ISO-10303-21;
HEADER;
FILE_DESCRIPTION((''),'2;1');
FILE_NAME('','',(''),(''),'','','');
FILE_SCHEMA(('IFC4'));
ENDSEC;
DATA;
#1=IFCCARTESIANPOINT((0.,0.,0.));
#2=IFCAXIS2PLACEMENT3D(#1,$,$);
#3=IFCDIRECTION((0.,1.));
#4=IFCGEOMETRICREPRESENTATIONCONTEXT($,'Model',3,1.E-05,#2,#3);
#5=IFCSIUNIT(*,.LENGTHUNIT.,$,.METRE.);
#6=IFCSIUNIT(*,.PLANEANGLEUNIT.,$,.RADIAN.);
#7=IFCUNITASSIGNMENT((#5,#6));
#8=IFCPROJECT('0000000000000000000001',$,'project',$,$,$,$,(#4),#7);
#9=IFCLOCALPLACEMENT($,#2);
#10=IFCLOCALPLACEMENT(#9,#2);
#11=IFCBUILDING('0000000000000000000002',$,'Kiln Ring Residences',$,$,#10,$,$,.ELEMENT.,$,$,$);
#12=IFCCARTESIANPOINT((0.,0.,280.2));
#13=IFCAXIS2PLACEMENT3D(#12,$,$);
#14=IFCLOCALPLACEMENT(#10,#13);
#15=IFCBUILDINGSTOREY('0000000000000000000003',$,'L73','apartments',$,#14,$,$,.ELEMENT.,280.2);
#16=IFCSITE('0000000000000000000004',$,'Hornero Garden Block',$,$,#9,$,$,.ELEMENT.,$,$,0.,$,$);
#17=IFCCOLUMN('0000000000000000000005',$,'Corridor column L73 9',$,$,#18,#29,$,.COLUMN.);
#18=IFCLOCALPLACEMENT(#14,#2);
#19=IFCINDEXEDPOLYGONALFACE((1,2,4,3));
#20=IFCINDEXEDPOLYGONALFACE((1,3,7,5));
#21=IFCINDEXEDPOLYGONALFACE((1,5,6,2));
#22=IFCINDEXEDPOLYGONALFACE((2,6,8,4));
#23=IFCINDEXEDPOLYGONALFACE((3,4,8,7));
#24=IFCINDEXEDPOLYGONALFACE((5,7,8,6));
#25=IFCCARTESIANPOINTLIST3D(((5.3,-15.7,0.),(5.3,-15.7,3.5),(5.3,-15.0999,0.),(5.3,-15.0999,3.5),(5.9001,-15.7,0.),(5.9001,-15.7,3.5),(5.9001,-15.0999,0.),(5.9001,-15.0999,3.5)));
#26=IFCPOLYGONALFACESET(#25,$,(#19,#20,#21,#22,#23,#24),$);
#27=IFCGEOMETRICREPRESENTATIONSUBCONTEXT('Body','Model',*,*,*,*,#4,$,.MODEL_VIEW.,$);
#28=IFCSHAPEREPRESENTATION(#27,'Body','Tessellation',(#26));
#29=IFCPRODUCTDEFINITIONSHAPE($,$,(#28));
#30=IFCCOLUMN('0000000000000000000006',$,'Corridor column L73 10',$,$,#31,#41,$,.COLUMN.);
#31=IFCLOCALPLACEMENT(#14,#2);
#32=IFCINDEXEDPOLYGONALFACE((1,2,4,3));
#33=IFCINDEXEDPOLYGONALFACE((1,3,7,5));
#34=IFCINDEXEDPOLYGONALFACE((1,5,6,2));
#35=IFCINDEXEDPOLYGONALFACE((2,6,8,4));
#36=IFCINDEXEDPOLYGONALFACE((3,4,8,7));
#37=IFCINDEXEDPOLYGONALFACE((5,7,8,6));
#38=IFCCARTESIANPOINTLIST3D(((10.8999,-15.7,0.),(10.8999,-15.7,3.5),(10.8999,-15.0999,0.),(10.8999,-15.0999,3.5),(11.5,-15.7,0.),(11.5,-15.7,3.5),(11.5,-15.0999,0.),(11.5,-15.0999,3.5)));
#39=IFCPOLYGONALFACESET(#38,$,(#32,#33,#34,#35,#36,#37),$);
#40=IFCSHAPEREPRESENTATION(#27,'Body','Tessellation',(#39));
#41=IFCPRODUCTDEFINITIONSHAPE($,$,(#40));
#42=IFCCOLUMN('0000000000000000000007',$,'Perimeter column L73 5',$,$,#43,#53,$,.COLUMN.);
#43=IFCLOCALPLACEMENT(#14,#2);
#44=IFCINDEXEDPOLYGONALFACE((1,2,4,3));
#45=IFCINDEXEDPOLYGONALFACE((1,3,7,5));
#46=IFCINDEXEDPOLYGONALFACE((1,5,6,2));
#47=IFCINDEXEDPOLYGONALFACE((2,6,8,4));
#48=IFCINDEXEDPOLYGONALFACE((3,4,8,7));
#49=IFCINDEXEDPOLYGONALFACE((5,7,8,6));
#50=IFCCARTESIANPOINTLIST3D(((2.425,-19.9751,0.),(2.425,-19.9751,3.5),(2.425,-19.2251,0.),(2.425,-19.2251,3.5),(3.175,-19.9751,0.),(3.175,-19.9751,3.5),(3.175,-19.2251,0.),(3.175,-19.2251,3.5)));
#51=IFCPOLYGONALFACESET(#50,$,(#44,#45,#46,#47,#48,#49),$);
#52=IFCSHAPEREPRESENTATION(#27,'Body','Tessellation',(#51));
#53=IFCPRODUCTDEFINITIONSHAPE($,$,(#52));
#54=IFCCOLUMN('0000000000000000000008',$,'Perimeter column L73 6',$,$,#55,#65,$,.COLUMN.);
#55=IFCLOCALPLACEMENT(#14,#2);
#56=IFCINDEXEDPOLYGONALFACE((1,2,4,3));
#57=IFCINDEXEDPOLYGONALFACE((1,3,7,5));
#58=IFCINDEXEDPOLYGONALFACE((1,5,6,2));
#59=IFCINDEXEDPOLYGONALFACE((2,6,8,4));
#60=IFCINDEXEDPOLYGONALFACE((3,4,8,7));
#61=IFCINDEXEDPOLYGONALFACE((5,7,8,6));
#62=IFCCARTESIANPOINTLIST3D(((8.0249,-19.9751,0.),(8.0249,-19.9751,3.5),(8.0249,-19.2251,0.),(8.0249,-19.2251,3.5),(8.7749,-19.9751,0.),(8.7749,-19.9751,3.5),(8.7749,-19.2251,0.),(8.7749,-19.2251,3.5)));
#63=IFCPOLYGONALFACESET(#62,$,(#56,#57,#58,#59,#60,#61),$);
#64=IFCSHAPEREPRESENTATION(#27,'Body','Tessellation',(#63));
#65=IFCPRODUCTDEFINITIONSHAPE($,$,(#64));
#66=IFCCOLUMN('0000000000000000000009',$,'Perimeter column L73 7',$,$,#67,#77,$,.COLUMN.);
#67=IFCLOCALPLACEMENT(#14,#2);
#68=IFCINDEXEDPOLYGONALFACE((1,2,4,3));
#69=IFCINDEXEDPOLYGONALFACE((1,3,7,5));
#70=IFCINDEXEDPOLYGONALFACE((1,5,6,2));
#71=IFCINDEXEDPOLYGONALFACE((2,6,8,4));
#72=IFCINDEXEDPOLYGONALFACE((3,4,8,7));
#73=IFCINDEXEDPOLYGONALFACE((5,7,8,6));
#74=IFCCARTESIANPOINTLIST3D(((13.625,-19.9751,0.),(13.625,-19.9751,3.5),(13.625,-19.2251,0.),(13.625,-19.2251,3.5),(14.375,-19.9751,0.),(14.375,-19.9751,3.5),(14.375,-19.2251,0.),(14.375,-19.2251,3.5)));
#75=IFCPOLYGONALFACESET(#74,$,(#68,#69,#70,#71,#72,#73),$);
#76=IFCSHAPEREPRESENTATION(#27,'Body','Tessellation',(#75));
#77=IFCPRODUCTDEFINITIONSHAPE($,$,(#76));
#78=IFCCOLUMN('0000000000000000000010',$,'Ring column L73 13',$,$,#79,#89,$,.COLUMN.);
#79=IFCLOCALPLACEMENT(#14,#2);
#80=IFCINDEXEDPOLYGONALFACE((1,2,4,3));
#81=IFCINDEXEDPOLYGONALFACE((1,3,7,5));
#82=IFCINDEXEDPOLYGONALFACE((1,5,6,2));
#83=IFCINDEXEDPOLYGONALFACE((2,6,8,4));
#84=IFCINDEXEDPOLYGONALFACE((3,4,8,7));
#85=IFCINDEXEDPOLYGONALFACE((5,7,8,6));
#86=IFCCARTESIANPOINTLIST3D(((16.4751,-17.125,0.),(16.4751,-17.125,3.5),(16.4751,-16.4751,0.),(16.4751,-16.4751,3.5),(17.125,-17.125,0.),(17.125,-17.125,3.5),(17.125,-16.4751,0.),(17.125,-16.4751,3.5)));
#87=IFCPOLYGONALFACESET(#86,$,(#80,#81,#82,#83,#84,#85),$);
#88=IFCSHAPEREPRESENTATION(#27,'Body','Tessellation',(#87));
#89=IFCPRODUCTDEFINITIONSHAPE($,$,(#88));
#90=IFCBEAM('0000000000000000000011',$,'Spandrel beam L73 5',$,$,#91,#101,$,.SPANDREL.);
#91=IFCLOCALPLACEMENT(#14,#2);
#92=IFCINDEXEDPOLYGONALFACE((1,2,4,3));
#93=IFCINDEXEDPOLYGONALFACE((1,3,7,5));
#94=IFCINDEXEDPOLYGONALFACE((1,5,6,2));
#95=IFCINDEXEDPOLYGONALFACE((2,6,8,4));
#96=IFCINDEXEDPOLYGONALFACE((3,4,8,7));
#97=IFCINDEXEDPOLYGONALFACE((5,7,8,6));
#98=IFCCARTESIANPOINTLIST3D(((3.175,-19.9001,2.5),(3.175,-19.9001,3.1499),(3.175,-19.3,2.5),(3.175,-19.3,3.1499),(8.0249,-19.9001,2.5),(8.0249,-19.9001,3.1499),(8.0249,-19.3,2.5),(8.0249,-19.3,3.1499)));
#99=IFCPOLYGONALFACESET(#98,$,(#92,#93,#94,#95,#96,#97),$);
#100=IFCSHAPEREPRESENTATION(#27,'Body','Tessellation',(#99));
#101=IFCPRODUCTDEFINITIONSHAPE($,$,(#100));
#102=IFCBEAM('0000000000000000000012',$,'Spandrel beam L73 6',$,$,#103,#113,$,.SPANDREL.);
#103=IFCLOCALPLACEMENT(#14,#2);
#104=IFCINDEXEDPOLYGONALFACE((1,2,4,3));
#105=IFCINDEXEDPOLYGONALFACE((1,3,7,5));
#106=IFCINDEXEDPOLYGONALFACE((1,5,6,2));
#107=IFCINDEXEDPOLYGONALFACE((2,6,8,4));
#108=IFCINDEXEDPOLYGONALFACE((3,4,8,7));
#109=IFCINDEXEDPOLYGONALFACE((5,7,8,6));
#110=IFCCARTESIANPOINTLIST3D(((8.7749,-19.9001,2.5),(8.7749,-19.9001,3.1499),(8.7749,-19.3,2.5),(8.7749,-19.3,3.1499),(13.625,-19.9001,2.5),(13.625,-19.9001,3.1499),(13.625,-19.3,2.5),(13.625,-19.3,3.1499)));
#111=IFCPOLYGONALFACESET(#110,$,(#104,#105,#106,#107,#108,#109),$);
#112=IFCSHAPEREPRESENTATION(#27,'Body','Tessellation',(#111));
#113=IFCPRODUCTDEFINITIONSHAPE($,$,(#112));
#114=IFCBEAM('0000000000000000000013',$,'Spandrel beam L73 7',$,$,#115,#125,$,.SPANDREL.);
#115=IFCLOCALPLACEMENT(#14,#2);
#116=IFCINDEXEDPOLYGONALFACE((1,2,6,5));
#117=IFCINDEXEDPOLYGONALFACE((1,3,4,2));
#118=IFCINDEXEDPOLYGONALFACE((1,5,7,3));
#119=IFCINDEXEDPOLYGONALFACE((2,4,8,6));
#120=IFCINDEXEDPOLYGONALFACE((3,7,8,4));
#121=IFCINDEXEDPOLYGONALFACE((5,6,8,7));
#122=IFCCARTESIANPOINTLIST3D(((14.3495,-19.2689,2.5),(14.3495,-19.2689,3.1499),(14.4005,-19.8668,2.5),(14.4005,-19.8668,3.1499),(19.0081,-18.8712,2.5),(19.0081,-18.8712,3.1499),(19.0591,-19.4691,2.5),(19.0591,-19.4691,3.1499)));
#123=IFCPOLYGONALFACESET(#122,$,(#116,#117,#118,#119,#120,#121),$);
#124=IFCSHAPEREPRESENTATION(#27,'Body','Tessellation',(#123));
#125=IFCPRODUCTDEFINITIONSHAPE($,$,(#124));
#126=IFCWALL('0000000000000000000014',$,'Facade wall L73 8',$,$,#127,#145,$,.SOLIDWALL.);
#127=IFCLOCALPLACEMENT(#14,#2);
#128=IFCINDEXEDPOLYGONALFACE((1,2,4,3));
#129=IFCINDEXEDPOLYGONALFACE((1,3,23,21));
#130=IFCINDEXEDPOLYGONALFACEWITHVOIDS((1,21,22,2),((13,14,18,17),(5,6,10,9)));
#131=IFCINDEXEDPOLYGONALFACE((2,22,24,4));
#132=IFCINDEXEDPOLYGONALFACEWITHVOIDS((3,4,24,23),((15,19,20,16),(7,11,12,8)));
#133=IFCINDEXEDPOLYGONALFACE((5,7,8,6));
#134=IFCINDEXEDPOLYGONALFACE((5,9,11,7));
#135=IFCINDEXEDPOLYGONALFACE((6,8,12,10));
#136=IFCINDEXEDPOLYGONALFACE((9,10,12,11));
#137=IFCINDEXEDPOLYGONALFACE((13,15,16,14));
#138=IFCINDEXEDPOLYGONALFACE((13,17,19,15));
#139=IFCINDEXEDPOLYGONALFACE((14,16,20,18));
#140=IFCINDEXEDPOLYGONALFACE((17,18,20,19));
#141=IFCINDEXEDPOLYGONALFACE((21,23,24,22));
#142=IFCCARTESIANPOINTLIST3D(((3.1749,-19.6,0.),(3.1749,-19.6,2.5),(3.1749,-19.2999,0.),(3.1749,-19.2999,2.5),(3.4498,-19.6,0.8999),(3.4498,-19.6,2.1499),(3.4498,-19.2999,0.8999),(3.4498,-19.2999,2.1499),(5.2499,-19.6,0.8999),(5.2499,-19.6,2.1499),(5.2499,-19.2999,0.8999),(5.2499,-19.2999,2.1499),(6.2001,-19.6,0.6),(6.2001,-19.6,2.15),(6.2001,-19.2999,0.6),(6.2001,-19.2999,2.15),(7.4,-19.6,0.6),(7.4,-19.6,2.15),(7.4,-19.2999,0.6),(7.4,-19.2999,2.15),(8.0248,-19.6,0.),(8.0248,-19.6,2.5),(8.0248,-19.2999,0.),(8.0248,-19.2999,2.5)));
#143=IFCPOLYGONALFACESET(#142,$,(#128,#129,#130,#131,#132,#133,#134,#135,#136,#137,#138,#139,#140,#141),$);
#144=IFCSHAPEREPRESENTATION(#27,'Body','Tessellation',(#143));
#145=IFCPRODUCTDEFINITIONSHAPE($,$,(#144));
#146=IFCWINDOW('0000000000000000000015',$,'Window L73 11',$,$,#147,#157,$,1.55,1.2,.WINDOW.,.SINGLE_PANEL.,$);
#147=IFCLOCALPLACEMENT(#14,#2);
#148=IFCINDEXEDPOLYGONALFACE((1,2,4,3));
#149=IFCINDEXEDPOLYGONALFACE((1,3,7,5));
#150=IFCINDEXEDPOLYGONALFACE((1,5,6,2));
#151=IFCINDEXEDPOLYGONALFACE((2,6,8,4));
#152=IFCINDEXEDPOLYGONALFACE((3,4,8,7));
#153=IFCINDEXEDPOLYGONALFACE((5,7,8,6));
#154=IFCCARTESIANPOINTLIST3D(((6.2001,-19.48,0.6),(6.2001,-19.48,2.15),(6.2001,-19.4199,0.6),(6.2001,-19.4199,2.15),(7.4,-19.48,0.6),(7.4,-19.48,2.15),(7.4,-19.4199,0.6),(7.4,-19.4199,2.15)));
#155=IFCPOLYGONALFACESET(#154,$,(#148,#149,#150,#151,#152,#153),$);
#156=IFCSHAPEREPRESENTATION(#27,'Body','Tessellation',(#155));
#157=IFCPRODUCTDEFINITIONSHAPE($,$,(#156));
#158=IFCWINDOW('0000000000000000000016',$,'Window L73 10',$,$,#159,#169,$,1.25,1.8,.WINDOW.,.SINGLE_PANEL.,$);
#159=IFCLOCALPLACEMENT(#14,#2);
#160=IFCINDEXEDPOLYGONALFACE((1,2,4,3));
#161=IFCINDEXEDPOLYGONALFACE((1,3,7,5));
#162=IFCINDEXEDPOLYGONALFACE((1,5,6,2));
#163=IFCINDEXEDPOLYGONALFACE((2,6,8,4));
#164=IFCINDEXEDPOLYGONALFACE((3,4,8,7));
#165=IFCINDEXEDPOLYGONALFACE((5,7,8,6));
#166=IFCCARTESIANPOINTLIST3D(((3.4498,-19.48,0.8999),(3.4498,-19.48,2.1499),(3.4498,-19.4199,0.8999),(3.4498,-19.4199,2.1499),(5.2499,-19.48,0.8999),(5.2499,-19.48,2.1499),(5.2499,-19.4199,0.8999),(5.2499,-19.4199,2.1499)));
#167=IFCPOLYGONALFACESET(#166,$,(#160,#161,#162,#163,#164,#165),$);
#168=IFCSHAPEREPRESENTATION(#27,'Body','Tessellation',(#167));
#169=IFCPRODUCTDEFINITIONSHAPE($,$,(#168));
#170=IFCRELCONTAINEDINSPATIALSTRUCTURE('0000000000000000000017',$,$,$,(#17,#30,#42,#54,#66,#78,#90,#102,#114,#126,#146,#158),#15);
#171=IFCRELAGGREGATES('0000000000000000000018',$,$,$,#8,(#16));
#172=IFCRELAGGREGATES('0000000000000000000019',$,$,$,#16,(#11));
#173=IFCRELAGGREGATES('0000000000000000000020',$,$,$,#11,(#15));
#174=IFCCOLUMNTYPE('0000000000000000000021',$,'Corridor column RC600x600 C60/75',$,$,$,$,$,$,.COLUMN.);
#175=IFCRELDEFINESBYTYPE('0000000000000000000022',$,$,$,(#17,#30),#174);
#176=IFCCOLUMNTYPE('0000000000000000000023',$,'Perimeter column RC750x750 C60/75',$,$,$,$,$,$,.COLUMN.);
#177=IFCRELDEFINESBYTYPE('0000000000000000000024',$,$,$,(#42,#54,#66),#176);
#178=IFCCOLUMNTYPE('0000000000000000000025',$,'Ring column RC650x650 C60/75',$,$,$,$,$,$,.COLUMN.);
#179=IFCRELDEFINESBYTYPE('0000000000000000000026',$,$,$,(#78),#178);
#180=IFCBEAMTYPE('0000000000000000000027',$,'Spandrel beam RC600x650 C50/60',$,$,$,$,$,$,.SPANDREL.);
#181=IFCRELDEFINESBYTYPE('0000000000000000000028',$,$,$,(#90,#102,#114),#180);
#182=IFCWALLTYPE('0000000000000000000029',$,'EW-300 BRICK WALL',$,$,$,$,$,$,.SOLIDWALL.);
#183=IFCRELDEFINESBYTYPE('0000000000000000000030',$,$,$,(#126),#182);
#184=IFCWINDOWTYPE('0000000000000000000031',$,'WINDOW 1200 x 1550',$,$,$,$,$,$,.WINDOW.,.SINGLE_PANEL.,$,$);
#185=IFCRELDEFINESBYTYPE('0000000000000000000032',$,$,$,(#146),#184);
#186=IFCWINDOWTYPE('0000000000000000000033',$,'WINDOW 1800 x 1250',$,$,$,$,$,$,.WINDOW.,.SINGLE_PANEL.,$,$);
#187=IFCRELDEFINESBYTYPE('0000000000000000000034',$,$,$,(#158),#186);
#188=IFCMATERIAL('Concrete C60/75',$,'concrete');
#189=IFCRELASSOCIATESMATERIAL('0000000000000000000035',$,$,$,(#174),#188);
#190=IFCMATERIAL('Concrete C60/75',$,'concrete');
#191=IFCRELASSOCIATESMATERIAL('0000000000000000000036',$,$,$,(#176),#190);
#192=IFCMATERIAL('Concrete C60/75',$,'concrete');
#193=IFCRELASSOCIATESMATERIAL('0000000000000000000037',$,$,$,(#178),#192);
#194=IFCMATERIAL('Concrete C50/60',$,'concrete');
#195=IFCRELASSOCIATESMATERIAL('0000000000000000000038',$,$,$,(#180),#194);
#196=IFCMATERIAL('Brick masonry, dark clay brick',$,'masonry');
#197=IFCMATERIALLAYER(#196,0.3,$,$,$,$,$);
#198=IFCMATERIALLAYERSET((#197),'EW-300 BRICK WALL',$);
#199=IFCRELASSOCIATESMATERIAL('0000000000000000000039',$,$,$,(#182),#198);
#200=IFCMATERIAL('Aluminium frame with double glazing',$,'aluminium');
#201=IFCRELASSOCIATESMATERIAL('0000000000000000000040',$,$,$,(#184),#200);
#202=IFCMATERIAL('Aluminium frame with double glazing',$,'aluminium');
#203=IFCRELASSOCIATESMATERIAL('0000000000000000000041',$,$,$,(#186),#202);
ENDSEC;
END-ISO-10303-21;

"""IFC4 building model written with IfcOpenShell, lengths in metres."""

from ifc_helpers import new_model, si_unit, direction, frame, frame_2d, origin, origin_2d, place, context, subcontext, project, spatial, rectangle, extrude, material, layer, layer_set, material_profile, profile_set, type_object, element, fill, save


model = new_model("IFC4")

# Units and contexts
model_context = context("Model", 3, precision=1e-05, world=origin(), true_north=direction((0.0, 1.0)))
body_context = subcontext(model_context, "Body", "Model", "MODEL_VIEW")
ifc_project = project(units=[si_unit("LENGTHUNIT", "METRE"), si_unit("PLANEANGLEUNIT", "RADIAN")], contexts=[model_context])

# Site, building, storey
site_placement = place(None, origin())
site = spatial("IfcSite", under=ifc_project, at=site_placement, Name="Hornero Garden Block", CompositionType="ELEMENT", RefElevation=0.0)
building_placement = place(site_placement, origin())
building = spatial("IfcBuilding", under=site, at=building_placement, Name="Kiln Ring Residences", CompositionType="ELEMENT")
storey_placement = place(building_placement, frame((0.0, 0.0, 280.2)))
storey = spatial("IfcBuildingStorey", under=building, at=storey_placement, Name="L73", Description="apartments", CompositionType="ELEMENT", Elevation=280.2)

# Columns
ifc_material_1 = material(Name="Concrete C60/75", Category="concrete")
ifc_material_profile_1 = material_profile(ifc_material_1, rectangle(XDim=0.6001, YDim=0.6001, at=origin_2d()), Name="RC600x600")
ifc_profile_set_1 = profile_set([ifc_material_profile_1], Name="Concrete C60/75")
column_type_1 = type_object("IfcColumnType", Name="Corridor column RC600x600 C60/75", PredefinedType="COLUMN", material=ifc_profile_set_1)
for number, where, z_axis, x_axis, name in (
    (1, (5.6001, -15.3999, 0.0), (0.0, 0.0, 1.0), (1.0, 0.0, 0.0), "Corridor column L73 9"),
    (2, (11.2, -15.3999, 0.0), (0.0, 0.0, 1.0), (1.0, 0.0, 0.0), "Corridor column L73 10"),
):
    element("IfcColumn", number, at=place(storey_placement, frame(where, z_axis=z_axis, x_axis=x_axis)), inside=storey, type_object=column_type_1, Name=name, PredefinedType="COLUMN", context=body_context, shape_type="SweptSolid", body=[
        extrude(rectangle(XDim=0.6001, YDim=0.6001, at=origin_2d()), origin(), (0.0, 0.0, 1.0), 3.5),
    ])
ifc_material_2 = material(Name="Concrete C60/75", Category="concrete")
ifc_material_profile_2 = material_profile(ifc_material_2, rectangle(XDim=0.75, YDim=0.75, at=origin_2d()), Name="RC750x750")
ifc_profile_set_2 = profile_set([ifc_material_profile_2], Name="Concrete C60/75")
column_type_2 = type_object("IfcColumnType", Name="Perimeter column RC750x750 C60/75", PredefinedType="COLUMN", material=ifc_profile_set_2)
for number, where, z_axis, x_axis, name in (
    (3, (2.8, -19.6001, 0.0), (0.0, 0.0, 1.0), (1.0, 0.0, 0.0), "Perimeter column L73 5"),
    (4, (8.3999, -19.6001, 0.0), (0.0, 0.0, 1.0), (1.0, 0.0, 0.0), "Perimeter column L73 6"),
    (5, (14.0, -19.6001, 0.0), (0.0, 0.0, 1.0), (1.0, 0.0, 0.0), "Perimeter column L73 7"),
):
    element("IfcColumn", number, at=place(storey_placement, frame(where, z_axis=z_axis, x_axis=x_axis)), inside=storey, type_object=column_type_2, Name=name, PredefinedType="COLUMN", context=body_context, shape_type="SweptSolid", body=[
        extrude(rectangle(XDim=0.75, YDim=0.75, at=origin_2d()), origin(), (0.0, 0.0, 1.0), 3.5),
    ])
ifc_material_3 = material(Name="Concrete C60/75", Category="concrete")
ifc_material_profile_3 = material_profile(ifc_material_3, rectangle(XDim=0.6499, YDim=0.6499, at=origin_2d()), Name="RC650x650")
ifc_profile_set_3 = profile_set([ifc_material_profile_3], Name="Concrete C60/75")
column_type_3 = type_object("IfcColumnType", Name="Ring column RC650x650 C60/75", PredefinedType="COLUMN", material=ifc_profile_set_3)
column_placement = place(storey_placement, frame((16.8, -16.8, 0.0), z_axis=(0.0, 0.0, 1.0), x_axis=(1.0, 0.0, 0.0)))
element("IfcColumn", 6, at=column_placement, inside=storey, type_object=column_type_3, Name="Ring column L73 13", PredefinedType="COLUMN", context=body_context, shape_type="SweptSolid", body=[
    extrude(rectangle(XDim=0.6499, YDim=0.6499, at=origin_2d()), origin(), (0.0, 0.0, 1.0), 3.5),
])

# Beams
ifc_material_4 = material(Name="Concrete C50/60", Category="concrete")
ifc_material_profile_4 = material_profile(ifc_material_4, rectangle(XDim=0.6001, YDim=0.6499, at=origin_2d()), Name="RC600x650")
ifc_profile_set_4 = profile_set([ifc_material_profile_4], Name="Concrete C50/60")
beam_type = type_object("IfcBeamType", Name="Spandrel beam RC600x650 C50/60", PredefinedType="SPANDREL", material=ifc_profile_set_4)
beam_1_placement = place(storey_placement, frame((3.175, -19.6001, 2.825), z_axis=(1.0, 0.0, 0.0), x_axis=(0.0, 1.0, 0.0)))
element("IfcBeam", 7, at=beam_1_placement, inside=storey, type_object=beam_type, Name="Spandrel beam L73 5", PredefinedType="SPANDREL", context=body_context, shape_type="SweptSolid", body=[
    extrude(rectangle(XDim=0.6001, YDim=0.6499, at=origin_2d()), origin(), (0.0, 0.0, 1.0), 4.8499),
])
beam_2_placement = place(storey_placement, frame((8.7749, -19.6001, 2.825), z_axis=(1.0, 0.0, 0.0), x_axis=(0.0, 1.0, 0.0)))
element("IfcBeam", 8, at=beam_2_placement, inside=storey, type_object=beam_type, Name="Spandrel beam L73 6", PredefinedType="SPANDREL", context=body_context, shape_type="SweptSolid", body=[
    extrude(rectangle(XDim=0.6001, YDim=0.6499, at=origin_2d()), origin(), (0.0, 0.0, 1.0), 4.8501),
])
beam_3_placement = place(storey_placement, frame((14.375, -19.5679, 2.825), z_axis=(0.996376, 0.085059, 0.0), x_axis=(-0.085059, 0.996376, 0.0)))
element("IfcBeam", 9, at=beam_3_placement, inside=storey, type_object=beam_type, Name="Spandrel beam L73 7", PredefinedType="SPANDREL", context=body_context, shape_type="SweptSolid", body=[
    extrude(rectangle(XDim=0.6001, YDim=0.6499, at=origin_2d()), origin(), (0.0, 0.0, 1.0), 4.6755),
])

# Wall, openings, windows
ifc_material_5 = material(Name="Brick masonry, dark clay brick", Category="masonry")
ifc_layer_1 = layer(ifc_material_5, 0.3)
ifc_layer_set_1 = layer_set([ifc_layer_1], Name="EW-300 BRICK WALL")
wall_type_1 = type_object("IfcWallType", Name="EW-300 BRICK WALL", PredefinedType="SOLIDWALL", material=ifc_layer_set_1)
wall_1_placement = place(storey_placement, frame((3.175, -19.45, 0.0), z_axis=(0.0, 0.0, 1.0), x_axis=(1.0, 0.0, 0.0)))
wall_1 = element("IfcWall", 10, at=wall_1_placement, inside=storey, type_object=wall_type_1, Name="Facade wall L73 8", PredefinedType="SOLIDWALL", context=body_context, shape_type="SweptSolid", body=[
    extrude(rectangle(XDim=4.8499, YDim=0.3, at=frame_2d((2.4248, 0.0))), origin(), (0.0, 0.0, 1.0), 2.5),
])
opening_1_placement = place(wall_1_placement, frame((0.2749, 0.0, 0.8999)))
opening_1 = element("IfcOpeningElement", 11, at=opening_1_placement, cuts=wall_1, PredefinedType="OPENING", context=body_context, shape_type="SweptSolid", body=[
    extrude(rectangle(XDim=1.8, YDim=1.25, at=frame_2d((0.8999, 0.625))), frame((0.0, 0.1599, 0.0), z_axis=(0.0, -1.0, 0.0), x_axis=(1.0, 0.0, 0.0)), (0.0, 0.0, 1.0), 0.3201),
])
opening_2_placement = place(wall_1_placement, frame((3.0249, 0.0, 0.6001)))
opening_2 = element("IfcOpeningElement", 12, at=opening_2_placement, cuts=wall_1, PredefinedType="OPENING", context=body_context, shape_type="SweptSolid", body=[
    extrude(rectangle(XDim=1.2, YDim=1.55, at=frame_2d((0.6001, 0.7749))), frame((0.0, 0.1599, 0.0), z_axis=(0.0, -1.0, 0.0), x_axis=(1.0, 0.0, 0.0)), (0.0, 0.0, 1.0), 0.3201),
])
ifc_material_6 = material(Name="Aluminium frame with double glazing", Category="aluminium")
window_type_1 = type_object("IfcWindowType", Name="WINDOW 1200 x 1550", PartitioningType="SINGLE_PANEL", PredefinedType="WINDOW", material=ifc_material_6)
window_1_placement = place(opening_2_placement, origin())
window_1 = element("IfcWindow", 13, at=window_1_placement, inside=storey, type_object=window_type_1, Name="Window L73 11", OverallHeight=1.55, OverallWidth=1.2, PartitioningType="SINGLE_PANEL", PredefinedType="WINDOW", context=body_context, shape_type="SweptSolid", body=[
    extrude(rectangle(XDim=1.2, YDim=1.55, at=frame_2d((0.6001, 0.7749))), frame((0.0, 0.03, 0.0), z_axis=(0.0, -1.0, 0.0), x_axis=(1.0, 0.0, 0.0)), (0.0, 0.0, 1.0), 0.0601),
])
fill(opening_2, window_1)
ifc_material_7 = material(Name="Aluminium frame with double glazing", Category="aluminium")
window_type_2 = type_object("IfcWindowType", Name="WINDOW 1800 x 1250", PartitioningType="SINGLE_PANEL", PredefinedType="WINDOW", material=ifc_material_7)
window_2_placement = place(opening_1_placement, origin())
window_2 = element("IfcWindow", 14, at=window_2_placement, inside=storey, type_object=window_type_2, Name="Window L73 10", OverallHeight=1.25, OverallWidth=1.8, PartitioningType="SINGLE_PANEL", PredefinedType="WINDOW", context=body_context, shape_type="SweptSolid", body=[
    extrude(rectangle(XDim=1.8, YDim=1.25, at=frame_2d((0.8999, 0.625))), frame((0.0, 0.03, 0.0), z_axis=(0.0, -1.0, 0.0), x_axis=(1.0, 0.0, 0.0)), (0.0, 0.0, 1.0), 0.0601),
])
fill(opening_1, window_2)

save(model, "model.ifc")
